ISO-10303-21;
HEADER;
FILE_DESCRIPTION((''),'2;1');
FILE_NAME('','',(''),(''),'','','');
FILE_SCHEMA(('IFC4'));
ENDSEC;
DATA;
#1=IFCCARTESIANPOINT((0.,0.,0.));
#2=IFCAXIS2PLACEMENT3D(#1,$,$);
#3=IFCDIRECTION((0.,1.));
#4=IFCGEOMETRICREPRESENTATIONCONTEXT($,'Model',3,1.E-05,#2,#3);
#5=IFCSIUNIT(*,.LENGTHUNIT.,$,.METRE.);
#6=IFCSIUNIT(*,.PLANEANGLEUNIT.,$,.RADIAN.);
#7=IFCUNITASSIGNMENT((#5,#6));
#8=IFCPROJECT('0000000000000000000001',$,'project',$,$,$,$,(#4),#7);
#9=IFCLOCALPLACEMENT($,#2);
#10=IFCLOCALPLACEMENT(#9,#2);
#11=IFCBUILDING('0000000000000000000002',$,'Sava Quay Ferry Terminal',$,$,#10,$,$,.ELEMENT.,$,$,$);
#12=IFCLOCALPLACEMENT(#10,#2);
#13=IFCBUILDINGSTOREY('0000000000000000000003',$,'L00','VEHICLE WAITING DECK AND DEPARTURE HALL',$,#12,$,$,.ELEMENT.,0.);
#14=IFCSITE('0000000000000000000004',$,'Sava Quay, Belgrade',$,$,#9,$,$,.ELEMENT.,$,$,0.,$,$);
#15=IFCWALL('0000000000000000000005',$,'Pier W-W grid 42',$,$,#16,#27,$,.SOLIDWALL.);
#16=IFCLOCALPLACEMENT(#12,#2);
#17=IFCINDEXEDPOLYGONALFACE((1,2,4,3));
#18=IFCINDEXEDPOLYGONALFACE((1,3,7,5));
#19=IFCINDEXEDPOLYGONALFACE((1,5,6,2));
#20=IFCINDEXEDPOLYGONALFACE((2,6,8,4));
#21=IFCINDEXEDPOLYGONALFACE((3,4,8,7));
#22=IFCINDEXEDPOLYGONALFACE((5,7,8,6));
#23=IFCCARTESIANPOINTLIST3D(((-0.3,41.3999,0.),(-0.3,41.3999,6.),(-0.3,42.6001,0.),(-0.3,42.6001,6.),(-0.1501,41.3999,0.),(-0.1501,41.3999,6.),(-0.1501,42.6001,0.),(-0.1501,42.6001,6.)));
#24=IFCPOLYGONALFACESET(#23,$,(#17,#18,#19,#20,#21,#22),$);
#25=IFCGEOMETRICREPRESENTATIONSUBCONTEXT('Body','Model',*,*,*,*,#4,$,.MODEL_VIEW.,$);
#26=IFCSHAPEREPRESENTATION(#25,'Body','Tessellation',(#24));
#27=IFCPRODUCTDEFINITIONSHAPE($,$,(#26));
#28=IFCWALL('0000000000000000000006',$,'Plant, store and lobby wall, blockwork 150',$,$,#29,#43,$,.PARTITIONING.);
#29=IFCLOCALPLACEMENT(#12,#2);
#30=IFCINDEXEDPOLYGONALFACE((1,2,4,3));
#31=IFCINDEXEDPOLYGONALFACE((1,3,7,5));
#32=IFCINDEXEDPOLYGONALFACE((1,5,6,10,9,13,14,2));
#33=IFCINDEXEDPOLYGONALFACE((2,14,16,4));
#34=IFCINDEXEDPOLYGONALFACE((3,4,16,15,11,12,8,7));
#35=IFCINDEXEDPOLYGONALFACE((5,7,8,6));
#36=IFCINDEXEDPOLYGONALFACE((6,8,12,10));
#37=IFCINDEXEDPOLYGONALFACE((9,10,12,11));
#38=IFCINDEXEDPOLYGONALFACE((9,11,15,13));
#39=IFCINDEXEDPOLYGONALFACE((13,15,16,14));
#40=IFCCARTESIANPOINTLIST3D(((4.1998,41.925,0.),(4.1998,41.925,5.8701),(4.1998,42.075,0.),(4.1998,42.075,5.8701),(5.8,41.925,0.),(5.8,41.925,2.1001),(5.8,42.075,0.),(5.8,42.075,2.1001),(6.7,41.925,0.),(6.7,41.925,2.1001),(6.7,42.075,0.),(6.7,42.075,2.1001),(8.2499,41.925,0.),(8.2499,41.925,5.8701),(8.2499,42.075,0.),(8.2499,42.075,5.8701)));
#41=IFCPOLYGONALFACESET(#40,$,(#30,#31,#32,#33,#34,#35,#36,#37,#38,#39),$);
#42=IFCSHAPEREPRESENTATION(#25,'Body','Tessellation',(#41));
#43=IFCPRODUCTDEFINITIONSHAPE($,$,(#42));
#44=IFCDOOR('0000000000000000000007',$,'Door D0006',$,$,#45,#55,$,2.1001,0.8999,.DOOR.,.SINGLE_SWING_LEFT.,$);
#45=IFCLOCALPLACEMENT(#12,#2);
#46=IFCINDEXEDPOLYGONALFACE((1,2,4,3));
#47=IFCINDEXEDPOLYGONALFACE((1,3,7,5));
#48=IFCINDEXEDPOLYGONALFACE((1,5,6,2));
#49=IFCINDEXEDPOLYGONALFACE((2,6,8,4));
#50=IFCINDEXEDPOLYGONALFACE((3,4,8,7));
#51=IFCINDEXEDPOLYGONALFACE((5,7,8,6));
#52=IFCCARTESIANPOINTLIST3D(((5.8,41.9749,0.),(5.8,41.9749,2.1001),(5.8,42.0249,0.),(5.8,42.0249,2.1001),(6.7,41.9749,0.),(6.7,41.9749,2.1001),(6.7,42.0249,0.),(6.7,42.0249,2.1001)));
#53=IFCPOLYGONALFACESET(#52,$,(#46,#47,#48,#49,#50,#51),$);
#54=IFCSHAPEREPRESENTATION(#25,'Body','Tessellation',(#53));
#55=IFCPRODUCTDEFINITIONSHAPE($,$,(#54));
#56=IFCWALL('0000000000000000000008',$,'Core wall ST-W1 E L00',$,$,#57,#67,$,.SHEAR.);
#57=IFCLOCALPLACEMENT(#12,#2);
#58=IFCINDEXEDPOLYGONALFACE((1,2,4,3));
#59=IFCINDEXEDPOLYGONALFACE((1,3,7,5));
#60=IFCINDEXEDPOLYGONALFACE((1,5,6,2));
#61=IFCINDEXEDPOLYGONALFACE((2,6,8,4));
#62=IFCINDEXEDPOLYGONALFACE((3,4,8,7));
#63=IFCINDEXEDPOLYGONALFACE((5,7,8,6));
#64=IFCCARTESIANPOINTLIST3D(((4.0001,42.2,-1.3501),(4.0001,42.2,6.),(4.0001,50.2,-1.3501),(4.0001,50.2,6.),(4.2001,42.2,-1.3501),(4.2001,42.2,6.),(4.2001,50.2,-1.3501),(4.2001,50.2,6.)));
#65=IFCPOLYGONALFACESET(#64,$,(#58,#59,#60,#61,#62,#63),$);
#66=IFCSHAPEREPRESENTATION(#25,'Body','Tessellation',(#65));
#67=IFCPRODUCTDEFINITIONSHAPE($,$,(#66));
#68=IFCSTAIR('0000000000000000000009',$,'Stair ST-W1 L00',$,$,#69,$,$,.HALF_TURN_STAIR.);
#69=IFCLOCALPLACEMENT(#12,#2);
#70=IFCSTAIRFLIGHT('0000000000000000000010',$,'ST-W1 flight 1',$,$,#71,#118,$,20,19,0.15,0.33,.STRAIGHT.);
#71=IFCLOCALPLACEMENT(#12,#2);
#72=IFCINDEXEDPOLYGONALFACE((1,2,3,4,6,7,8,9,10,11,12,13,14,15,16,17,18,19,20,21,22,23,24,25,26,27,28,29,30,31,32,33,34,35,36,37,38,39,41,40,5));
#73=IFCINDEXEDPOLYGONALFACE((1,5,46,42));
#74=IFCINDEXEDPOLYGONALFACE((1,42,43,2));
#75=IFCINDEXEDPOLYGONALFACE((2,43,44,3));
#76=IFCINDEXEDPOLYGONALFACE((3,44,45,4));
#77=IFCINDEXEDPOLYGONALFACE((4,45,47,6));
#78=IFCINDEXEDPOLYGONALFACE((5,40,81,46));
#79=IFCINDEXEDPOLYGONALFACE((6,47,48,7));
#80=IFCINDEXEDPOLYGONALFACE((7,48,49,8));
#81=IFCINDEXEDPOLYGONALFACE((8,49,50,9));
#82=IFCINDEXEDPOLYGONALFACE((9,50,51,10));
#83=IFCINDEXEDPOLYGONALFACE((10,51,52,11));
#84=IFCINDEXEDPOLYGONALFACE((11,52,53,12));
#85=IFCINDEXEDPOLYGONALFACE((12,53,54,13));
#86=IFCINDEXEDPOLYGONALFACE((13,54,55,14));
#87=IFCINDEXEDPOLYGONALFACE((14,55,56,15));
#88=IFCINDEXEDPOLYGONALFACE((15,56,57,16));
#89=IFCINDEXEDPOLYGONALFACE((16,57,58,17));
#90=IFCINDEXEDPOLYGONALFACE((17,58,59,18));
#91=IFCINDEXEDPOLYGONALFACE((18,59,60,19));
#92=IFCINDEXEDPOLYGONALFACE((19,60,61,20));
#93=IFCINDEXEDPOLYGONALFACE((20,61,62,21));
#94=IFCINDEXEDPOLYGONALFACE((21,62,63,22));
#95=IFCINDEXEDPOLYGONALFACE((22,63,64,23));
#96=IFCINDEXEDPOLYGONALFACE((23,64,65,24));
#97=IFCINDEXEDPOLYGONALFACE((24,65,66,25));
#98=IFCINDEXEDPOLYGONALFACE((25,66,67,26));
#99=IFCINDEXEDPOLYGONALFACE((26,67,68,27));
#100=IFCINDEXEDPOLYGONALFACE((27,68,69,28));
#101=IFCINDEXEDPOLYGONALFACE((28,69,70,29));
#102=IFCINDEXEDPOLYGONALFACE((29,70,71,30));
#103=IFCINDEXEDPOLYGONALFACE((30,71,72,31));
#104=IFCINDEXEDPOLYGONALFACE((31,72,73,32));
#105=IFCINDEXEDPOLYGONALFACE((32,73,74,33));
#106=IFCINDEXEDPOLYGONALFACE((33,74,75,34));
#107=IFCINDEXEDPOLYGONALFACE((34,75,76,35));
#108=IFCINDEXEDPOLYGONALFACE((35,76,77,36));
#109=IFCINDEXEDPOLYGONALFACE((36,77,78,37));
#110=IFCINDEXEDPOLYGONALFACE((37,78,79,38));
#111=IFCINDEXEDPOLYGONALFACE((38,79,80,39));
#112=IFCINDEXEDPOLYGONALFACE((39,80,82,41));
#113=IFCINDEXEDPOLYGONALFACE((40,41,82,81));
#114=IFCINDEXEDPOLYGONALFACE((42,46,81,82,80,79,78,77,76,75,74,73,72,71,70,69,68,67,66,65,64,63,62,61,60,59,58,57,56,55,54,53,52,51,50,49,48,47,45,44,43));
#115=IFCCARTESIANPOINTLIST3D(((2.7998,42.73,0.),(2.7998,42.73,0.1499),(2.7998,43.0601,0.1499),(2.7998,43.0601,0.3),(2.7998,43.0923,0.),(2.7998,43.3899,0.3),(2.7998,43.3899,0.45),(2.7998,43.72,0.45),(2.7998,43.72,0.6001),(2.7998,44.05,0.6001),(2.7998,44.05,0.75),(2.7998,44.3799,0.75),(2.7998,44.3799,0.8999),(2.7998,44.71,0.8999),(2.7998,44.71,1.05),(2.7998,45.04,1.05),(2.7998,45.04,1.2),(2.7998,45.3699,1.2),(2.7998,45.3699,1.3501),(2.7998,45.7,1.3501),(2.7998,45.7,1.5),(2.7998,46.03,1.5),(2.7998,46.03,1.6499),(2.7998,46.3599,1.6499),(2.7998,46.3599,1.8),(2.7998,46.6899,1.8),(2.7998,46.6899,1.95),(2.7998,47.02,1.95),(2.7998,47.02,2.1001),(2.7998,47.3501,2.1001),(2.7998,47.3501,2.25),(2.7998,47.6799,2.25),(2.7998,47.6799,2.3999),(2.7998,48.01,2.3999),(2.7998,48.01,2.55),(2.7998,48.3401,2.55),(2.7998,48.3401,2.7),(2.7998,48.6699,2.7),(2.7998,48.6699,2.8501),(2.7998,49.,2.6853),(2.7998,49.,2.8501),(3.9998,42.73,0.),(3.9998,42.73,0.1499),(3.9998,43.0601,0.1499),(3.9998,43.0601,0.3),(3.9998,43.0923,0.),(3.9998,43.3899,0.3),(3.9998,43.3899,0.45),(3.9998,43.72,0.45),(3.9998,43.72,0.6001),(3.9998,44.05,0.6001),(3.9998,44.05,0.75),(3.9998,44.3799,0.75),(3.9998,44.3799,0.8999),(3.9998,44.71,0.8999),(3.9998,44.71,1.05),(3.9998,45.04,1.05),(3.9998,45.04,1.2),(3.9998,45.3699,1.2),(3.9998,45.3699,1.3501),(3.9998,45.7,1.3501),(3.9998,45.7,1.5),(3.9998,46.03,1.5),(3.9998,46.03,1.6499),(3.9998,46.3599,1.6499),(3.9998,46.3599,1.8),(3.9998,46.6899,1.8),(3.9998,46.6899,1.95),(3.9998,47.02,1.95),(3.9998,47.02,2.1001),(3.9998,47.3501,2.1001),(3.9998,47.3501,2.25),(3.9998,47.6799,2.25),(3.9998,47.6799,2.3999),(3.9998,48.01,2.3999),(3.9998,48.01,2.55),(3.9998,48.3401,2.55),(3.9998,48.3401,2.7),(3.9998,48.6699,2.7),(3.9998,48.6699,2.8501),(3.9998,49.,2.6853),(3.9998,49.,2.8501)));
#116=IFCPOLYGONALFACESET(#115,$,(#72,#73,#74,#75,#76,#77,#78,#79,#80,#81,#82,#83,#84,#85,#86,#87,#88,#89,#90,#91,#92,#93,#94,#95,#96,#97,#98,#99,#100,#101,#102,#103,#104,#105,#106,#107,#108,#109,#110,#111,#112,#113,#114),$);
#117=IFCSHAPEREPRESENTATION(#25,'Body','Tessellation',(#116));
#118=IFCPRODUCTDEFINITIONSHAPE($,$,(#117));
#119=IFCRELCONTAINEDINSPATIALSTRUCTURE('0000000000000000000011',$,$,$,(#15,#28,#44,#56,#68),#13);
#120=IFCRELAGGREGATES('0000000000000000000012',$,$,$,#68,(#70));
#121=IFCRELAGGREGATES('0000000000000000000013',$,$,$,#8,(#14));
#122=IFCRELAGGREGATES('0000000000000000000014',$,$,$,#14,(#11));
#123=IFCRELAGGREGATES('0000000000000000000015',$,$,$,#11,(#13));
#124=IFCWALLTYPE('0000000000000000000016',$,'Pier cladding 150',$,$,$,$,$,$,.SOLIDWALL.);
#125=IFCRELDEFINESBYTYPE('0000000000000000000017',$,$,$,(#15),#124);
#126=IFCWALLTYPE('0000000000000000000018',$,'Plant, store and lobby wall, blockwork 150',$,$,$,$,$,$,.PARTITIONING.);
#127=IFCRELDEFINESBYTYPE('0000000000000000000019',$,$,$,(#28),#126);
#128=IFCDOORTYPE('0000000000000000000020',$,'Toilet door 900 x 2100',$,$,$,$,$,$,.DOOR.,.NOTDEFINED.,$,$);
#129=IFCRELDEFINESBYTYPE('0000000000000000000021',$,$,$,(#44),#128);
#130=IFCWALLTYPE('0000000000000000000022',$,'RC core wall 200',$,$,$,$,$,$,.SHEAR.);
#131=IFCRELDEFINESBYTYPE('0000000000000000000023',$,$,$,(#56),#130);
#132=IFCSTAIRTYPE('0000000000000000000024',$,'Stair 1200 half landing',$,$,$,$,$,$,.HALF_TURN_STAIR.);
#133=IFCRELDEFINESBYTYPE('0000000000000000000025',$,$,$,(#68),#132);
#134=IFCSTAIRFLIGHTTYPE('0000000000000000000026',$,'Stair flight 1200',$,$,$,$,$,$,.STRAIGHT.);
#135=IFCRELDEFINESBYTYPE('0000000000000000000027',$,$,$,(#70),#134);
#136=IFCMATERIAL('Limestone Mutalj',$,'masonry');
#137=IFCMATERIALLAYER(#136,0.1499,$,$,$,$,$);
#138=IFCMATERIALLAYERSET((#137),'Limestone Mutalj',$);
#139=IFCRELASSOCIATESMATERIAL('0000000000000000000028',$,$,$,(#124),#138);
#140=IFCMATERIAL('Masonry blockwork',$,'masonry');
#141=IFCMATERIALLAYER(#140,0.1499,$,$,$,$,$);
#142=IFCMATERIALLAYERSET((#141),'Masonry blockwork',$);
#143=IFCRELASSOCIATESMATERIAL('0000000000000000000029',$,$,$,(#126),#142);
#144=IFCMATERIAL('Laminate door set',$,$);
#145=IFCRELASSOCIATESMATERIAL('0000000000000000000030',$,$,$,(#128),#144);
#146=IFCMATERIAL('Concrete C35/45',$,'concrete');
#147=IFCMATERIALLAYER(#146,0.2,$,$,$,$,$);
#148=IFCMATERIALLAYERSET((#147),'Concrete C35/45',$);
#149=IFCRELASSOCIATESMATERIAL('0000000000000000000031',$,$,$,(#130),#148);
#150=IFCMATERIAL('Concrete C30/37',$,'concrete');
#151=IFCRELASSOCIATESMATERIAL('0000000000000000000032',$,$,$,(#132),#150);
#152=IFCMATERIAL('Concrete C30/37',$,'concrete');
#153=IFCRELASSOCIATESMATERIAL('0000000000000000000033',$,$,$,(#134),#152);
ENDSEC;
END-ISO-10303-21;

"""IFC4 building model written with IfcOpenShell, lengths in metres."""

from ifc_helpers import new_model, si_unit, direction, frame, frame_2d, origin, place, context, subcontext, project, spatial, polyline, rectangle, outline, extrude, material, layer, layer_set, type_object, element, fill, aggregate, save


model = new_model("IFC4")

# Units and contexts
model_context = context("Model", 3, precision=1e-05, world=origin(), true_north=direction((0.0, 1.0)))
body_context = subcontext(model_context, "Body", "Model", "MODEL_VIEW")
ifc_project = project(units=[si_unit("LENGTHUNIT", "METRE"), si_unit("PLANEANGLEUNIT", "RADIAN")], contexts=[model_context])

# Site, building, storey
site_placement = place(None, origin())
site = spatial("IfcSite", under=ifc_project, at=site_placement, Name="Sava Quay, Belgrade", CompositionType="ELEMENT", RefElevation=0.0)
building_placement = place(site_placement, origin())
building = spatial("IfcBuilding", under=site, at=building_placement, Name="Sava Quay Ferry Terminal", CompositionType="ELEMENT")
storey_placement = place(building_placement, origin())
storey = spatial("IfcBuildingStorey", under=building, at=storey_placement, Name="L00", Description="VEHICLE WAITING DECK AND DEPARTURE HALL", CompositionType="ELEMENT", Elevation=0.0)

# Wall
ifc_material_1 = material(Name="Limestone Mutalj", Category="masonry")
ifc_layer_1 = layer(ifc_material_1, 0.1499)
ifc_layer_set_1 = layer_set([ifc_layer_1], Name="Limestone Mutalj")
wall_type_1 = type_object("IfcWallType", Name="Pier cladding 150", PredefinedType="SOLIDWALL", material=ifc_layer_set_1)
wall_1_placement = place(storey_placement, frame((-0.2251, 41.3999, 0.0), z_axis=(0.0, 0.0, 1.0), x_axis=(0.0, 1.0, 0.0)))
element("IfcWall", 1, at=wall_1_placement, inside=storey, type_object=wall_type_1, Name="Pier W-W grid 42", PredefinedType="SOLIDWALL", context=body_context, shape_type="SweptSolid", body=[
    extrude(rectangle(XDim=1.2002, YDim=0.1499, at=frame_2d((0.6001, 0.0))), origin(), (0.0, 0.0, 1.0), 6.0),
])

# Wall, opening, door
ifc_material_2 = material(Name="Masonry blockwork", Category="masonry")
ifc_layer_2 = layer(ifc_material_2, 0.1499)
ifc_layer_set_2 = layer_set([ifc_layer_2], Name="Masonry blockwork")
wall_type_2 = type_object("IfcWallType", Name="Plant, store and lobby wall, blockwork 150", PredefinedType="PARTITIONING", material=ifc_layer_set_2)
wall_2_placement = place(storey_placement, frame((4.2, 42.0, 0.0), z_axis=(0.0, 0.0, 1.0), x_axis=(1.0, 0.0, 0.0)))
wall_2 = element("IfcWall", 2, at=wall_2_placement, inside=storey, type_object=wall_type_2, Name="Plant, store and lobby wall, blockwork 150", PredefinedType="PARTITIONING", context=body_context, shape_type="SweptSolid", body=[
    extrude(rectangle(XDim=4.05, YDim=0.1499, at=frame_2d((2.0249, 0.0))), origin(), (0.0, 0.0, 1.0), 5.8701),
])
opening_1_placement = place(wall_2_placement, frame((1.6001, 0.0, 0.0)))
opening_1 = element("IfcOpeningElement", 3, at=opening_1_placement, cuts=wall_2, PredefinedType="OPENING", context=body_context, shape_type="SweptSolid", body=[
    extrude(rectangle(XDim=0.8999, YDim=2.1001, at=frame_2d((0.45, 1.05))), frame((0.0, 0.075, 0.0), z_axis=(0.0, -1.0, 0.0), x_axis=(1.0, 0.0, 0.0)), (0.0, 0.0, 1.0), 0.1499),
])
ifc_material_3 = material(Name="Laminate door set")
door_type_1 = type_object("IfcDoorType", Name="Toilet door 900 x 2100", OperationType="NOTDEFINED", PredefinedType="DOOR", material=ifc_material_3)
door_1_placement = place(opening_1_placement, origin())
door_1 = element("IfcDoor", 4, at=door_1_placement, inside=storey, type_object=door_type_1, Name="Door D0006", OperationType="SINGLE_SWING_LEFT", OverallHeight=2.1001, OverallWidth=0.8999, PredefinedType="DOOR", context=body_context, shape_type="SweptSolid", body=[
    extrude(rectangle(XDim=0.8999, YDim=2.1001, at=frame_2d((0.45, 1.05))), frame((0.0, 0.0249, 0.0), z_axis=(0.0, -1.0, 0.0), x_axis=(1.0, 0.0, 0.0)), (0.0, 0.0, 1.0), 0.05),
])
fill(opening_1, door_1)
ifc_material_4 = material(Name="Concrete C35/45", Category="concrete")
ifc_layer_3 = layer(ifc_material_4, 0.2)
ifc_layer_set_3 = layer_set([ifc_layer_3], Name="Concrete C35/45")
wall_type_3 = type_object("IfcWallType", Name="RC core wall 200", PredefinedType="SHEAR", material=ifc_layer_set_3)

# Wall
wall_3_placement = place(storey_placement, frame((4.1001, 42.2, -1.3501), z_axis=(0.0, 0.0, 1.0), x_axis=(0.0, 1.0, 0.0)))
element("IfcWall", 5, at=wall_3_placement, inside=storey, type_object=wall_type_3, Name="Core wall ST-W1 E L00", PredefinedType="SHEAR", context=body_context, shape_type="SweptSolid", body=[
    extrude(rectangle(XDim=8.0, YDim=0.2, at=frame_2d((4.0, 0.0))), origin(), (0.0, 0.0, 1.0), 7.3501),
])

# Stair, stair flight
ifc_material_5 = material(Name="Concrete C30/37", Category="concrete")
stair_type = type_object("IfcStairType", Name="Stair 1200 half landing", PredefinedType="HALF_TURN_STAIR", material=ifc_material_5)
stair_placement = place(storey_placement, origin())
stair = element("IfcStair", 6, at=stair_placement, inside=storey, type_object=stair_type, Name="Stair ST-W1 L00", PredefinedType="HALF_TURN_STAIR")
ifc_material_6 = material(Name="Concrete C30/37", Category="concrete")
stair_flight_type = type_object("IfcStairFlightType", Name="Stair flight 1200", PredefinedType="STRAIGHT", material=ifc_material_6)
stair_flight_placement = place(storey_placement, frame((3.3999, 42.73, 0.0), z_axis=(0.0, 0.0, 1.0), x_axis=(0.0, 1.0, 0.0)))
stair_flight = element("IfcStairFlight", 7, at=stair_flight_placement, type_object=stair_flight_type, Name="ST-W1 flight 1", NumberOfRisers=20, NumberOfTreads=19, PredefinedType="STRAIGHT", RiserHeight=0.15, TreadLength=0.33, context=body_context, shape_type="SweptSolid", body=[
    extrude(outline(polyline([(0.0, 0.0), (0.0, 0.1499), (0.3301, 0.1499), (0.3301, 0.3), (0.6599, 0.3), (0.6599, 0.45), (0.99, 0.45), (0.99, 0.6001), (1.3201, 0.6001), (1.3201, 0.75), (1.6499, 0.75), (1.6499, 0.8999), (1.98, 0.8999), (1.98, 1.05), (2.3101, 1.05), (2.3101, 1.2), (2.6399, 1.2), (2.6399, 1.3501), (2.97, 1.3501), (2.97, 1.5), (3.3, 1.5), (3.3, 1.6499), (3.6299, 1.6499), (3.6299, 1.8), (3.96, 1.8), (3.96, 1.95), (4.29, 1.95), (4.29, 2.1001), (4.6201, 2.1001), (4.6201, 2.25), (4.95, 2.25), (4.95, 2.3999), (5.28, 2.3999), (5.28, 2.55), (5.6101, 2.55), (5.6101, 2.7), (5.9399, 2.7), (5.9399, 2.8501), (6.27, 2.8501), (6.27, 3.0), (6.27, 2.6853), (0.3623, 0.0), (0.0, 0.0)])), frame((0.0, 0.6001, 0.0), z_axis=(0.0, -1.0, 0.0), x_axis=(1.0, 0.0, 0.0)), (0.0, 0.0, 1.0), 1.2),
])
aggregate(stair, [stair_flight])

save(model, "model.ifc")
